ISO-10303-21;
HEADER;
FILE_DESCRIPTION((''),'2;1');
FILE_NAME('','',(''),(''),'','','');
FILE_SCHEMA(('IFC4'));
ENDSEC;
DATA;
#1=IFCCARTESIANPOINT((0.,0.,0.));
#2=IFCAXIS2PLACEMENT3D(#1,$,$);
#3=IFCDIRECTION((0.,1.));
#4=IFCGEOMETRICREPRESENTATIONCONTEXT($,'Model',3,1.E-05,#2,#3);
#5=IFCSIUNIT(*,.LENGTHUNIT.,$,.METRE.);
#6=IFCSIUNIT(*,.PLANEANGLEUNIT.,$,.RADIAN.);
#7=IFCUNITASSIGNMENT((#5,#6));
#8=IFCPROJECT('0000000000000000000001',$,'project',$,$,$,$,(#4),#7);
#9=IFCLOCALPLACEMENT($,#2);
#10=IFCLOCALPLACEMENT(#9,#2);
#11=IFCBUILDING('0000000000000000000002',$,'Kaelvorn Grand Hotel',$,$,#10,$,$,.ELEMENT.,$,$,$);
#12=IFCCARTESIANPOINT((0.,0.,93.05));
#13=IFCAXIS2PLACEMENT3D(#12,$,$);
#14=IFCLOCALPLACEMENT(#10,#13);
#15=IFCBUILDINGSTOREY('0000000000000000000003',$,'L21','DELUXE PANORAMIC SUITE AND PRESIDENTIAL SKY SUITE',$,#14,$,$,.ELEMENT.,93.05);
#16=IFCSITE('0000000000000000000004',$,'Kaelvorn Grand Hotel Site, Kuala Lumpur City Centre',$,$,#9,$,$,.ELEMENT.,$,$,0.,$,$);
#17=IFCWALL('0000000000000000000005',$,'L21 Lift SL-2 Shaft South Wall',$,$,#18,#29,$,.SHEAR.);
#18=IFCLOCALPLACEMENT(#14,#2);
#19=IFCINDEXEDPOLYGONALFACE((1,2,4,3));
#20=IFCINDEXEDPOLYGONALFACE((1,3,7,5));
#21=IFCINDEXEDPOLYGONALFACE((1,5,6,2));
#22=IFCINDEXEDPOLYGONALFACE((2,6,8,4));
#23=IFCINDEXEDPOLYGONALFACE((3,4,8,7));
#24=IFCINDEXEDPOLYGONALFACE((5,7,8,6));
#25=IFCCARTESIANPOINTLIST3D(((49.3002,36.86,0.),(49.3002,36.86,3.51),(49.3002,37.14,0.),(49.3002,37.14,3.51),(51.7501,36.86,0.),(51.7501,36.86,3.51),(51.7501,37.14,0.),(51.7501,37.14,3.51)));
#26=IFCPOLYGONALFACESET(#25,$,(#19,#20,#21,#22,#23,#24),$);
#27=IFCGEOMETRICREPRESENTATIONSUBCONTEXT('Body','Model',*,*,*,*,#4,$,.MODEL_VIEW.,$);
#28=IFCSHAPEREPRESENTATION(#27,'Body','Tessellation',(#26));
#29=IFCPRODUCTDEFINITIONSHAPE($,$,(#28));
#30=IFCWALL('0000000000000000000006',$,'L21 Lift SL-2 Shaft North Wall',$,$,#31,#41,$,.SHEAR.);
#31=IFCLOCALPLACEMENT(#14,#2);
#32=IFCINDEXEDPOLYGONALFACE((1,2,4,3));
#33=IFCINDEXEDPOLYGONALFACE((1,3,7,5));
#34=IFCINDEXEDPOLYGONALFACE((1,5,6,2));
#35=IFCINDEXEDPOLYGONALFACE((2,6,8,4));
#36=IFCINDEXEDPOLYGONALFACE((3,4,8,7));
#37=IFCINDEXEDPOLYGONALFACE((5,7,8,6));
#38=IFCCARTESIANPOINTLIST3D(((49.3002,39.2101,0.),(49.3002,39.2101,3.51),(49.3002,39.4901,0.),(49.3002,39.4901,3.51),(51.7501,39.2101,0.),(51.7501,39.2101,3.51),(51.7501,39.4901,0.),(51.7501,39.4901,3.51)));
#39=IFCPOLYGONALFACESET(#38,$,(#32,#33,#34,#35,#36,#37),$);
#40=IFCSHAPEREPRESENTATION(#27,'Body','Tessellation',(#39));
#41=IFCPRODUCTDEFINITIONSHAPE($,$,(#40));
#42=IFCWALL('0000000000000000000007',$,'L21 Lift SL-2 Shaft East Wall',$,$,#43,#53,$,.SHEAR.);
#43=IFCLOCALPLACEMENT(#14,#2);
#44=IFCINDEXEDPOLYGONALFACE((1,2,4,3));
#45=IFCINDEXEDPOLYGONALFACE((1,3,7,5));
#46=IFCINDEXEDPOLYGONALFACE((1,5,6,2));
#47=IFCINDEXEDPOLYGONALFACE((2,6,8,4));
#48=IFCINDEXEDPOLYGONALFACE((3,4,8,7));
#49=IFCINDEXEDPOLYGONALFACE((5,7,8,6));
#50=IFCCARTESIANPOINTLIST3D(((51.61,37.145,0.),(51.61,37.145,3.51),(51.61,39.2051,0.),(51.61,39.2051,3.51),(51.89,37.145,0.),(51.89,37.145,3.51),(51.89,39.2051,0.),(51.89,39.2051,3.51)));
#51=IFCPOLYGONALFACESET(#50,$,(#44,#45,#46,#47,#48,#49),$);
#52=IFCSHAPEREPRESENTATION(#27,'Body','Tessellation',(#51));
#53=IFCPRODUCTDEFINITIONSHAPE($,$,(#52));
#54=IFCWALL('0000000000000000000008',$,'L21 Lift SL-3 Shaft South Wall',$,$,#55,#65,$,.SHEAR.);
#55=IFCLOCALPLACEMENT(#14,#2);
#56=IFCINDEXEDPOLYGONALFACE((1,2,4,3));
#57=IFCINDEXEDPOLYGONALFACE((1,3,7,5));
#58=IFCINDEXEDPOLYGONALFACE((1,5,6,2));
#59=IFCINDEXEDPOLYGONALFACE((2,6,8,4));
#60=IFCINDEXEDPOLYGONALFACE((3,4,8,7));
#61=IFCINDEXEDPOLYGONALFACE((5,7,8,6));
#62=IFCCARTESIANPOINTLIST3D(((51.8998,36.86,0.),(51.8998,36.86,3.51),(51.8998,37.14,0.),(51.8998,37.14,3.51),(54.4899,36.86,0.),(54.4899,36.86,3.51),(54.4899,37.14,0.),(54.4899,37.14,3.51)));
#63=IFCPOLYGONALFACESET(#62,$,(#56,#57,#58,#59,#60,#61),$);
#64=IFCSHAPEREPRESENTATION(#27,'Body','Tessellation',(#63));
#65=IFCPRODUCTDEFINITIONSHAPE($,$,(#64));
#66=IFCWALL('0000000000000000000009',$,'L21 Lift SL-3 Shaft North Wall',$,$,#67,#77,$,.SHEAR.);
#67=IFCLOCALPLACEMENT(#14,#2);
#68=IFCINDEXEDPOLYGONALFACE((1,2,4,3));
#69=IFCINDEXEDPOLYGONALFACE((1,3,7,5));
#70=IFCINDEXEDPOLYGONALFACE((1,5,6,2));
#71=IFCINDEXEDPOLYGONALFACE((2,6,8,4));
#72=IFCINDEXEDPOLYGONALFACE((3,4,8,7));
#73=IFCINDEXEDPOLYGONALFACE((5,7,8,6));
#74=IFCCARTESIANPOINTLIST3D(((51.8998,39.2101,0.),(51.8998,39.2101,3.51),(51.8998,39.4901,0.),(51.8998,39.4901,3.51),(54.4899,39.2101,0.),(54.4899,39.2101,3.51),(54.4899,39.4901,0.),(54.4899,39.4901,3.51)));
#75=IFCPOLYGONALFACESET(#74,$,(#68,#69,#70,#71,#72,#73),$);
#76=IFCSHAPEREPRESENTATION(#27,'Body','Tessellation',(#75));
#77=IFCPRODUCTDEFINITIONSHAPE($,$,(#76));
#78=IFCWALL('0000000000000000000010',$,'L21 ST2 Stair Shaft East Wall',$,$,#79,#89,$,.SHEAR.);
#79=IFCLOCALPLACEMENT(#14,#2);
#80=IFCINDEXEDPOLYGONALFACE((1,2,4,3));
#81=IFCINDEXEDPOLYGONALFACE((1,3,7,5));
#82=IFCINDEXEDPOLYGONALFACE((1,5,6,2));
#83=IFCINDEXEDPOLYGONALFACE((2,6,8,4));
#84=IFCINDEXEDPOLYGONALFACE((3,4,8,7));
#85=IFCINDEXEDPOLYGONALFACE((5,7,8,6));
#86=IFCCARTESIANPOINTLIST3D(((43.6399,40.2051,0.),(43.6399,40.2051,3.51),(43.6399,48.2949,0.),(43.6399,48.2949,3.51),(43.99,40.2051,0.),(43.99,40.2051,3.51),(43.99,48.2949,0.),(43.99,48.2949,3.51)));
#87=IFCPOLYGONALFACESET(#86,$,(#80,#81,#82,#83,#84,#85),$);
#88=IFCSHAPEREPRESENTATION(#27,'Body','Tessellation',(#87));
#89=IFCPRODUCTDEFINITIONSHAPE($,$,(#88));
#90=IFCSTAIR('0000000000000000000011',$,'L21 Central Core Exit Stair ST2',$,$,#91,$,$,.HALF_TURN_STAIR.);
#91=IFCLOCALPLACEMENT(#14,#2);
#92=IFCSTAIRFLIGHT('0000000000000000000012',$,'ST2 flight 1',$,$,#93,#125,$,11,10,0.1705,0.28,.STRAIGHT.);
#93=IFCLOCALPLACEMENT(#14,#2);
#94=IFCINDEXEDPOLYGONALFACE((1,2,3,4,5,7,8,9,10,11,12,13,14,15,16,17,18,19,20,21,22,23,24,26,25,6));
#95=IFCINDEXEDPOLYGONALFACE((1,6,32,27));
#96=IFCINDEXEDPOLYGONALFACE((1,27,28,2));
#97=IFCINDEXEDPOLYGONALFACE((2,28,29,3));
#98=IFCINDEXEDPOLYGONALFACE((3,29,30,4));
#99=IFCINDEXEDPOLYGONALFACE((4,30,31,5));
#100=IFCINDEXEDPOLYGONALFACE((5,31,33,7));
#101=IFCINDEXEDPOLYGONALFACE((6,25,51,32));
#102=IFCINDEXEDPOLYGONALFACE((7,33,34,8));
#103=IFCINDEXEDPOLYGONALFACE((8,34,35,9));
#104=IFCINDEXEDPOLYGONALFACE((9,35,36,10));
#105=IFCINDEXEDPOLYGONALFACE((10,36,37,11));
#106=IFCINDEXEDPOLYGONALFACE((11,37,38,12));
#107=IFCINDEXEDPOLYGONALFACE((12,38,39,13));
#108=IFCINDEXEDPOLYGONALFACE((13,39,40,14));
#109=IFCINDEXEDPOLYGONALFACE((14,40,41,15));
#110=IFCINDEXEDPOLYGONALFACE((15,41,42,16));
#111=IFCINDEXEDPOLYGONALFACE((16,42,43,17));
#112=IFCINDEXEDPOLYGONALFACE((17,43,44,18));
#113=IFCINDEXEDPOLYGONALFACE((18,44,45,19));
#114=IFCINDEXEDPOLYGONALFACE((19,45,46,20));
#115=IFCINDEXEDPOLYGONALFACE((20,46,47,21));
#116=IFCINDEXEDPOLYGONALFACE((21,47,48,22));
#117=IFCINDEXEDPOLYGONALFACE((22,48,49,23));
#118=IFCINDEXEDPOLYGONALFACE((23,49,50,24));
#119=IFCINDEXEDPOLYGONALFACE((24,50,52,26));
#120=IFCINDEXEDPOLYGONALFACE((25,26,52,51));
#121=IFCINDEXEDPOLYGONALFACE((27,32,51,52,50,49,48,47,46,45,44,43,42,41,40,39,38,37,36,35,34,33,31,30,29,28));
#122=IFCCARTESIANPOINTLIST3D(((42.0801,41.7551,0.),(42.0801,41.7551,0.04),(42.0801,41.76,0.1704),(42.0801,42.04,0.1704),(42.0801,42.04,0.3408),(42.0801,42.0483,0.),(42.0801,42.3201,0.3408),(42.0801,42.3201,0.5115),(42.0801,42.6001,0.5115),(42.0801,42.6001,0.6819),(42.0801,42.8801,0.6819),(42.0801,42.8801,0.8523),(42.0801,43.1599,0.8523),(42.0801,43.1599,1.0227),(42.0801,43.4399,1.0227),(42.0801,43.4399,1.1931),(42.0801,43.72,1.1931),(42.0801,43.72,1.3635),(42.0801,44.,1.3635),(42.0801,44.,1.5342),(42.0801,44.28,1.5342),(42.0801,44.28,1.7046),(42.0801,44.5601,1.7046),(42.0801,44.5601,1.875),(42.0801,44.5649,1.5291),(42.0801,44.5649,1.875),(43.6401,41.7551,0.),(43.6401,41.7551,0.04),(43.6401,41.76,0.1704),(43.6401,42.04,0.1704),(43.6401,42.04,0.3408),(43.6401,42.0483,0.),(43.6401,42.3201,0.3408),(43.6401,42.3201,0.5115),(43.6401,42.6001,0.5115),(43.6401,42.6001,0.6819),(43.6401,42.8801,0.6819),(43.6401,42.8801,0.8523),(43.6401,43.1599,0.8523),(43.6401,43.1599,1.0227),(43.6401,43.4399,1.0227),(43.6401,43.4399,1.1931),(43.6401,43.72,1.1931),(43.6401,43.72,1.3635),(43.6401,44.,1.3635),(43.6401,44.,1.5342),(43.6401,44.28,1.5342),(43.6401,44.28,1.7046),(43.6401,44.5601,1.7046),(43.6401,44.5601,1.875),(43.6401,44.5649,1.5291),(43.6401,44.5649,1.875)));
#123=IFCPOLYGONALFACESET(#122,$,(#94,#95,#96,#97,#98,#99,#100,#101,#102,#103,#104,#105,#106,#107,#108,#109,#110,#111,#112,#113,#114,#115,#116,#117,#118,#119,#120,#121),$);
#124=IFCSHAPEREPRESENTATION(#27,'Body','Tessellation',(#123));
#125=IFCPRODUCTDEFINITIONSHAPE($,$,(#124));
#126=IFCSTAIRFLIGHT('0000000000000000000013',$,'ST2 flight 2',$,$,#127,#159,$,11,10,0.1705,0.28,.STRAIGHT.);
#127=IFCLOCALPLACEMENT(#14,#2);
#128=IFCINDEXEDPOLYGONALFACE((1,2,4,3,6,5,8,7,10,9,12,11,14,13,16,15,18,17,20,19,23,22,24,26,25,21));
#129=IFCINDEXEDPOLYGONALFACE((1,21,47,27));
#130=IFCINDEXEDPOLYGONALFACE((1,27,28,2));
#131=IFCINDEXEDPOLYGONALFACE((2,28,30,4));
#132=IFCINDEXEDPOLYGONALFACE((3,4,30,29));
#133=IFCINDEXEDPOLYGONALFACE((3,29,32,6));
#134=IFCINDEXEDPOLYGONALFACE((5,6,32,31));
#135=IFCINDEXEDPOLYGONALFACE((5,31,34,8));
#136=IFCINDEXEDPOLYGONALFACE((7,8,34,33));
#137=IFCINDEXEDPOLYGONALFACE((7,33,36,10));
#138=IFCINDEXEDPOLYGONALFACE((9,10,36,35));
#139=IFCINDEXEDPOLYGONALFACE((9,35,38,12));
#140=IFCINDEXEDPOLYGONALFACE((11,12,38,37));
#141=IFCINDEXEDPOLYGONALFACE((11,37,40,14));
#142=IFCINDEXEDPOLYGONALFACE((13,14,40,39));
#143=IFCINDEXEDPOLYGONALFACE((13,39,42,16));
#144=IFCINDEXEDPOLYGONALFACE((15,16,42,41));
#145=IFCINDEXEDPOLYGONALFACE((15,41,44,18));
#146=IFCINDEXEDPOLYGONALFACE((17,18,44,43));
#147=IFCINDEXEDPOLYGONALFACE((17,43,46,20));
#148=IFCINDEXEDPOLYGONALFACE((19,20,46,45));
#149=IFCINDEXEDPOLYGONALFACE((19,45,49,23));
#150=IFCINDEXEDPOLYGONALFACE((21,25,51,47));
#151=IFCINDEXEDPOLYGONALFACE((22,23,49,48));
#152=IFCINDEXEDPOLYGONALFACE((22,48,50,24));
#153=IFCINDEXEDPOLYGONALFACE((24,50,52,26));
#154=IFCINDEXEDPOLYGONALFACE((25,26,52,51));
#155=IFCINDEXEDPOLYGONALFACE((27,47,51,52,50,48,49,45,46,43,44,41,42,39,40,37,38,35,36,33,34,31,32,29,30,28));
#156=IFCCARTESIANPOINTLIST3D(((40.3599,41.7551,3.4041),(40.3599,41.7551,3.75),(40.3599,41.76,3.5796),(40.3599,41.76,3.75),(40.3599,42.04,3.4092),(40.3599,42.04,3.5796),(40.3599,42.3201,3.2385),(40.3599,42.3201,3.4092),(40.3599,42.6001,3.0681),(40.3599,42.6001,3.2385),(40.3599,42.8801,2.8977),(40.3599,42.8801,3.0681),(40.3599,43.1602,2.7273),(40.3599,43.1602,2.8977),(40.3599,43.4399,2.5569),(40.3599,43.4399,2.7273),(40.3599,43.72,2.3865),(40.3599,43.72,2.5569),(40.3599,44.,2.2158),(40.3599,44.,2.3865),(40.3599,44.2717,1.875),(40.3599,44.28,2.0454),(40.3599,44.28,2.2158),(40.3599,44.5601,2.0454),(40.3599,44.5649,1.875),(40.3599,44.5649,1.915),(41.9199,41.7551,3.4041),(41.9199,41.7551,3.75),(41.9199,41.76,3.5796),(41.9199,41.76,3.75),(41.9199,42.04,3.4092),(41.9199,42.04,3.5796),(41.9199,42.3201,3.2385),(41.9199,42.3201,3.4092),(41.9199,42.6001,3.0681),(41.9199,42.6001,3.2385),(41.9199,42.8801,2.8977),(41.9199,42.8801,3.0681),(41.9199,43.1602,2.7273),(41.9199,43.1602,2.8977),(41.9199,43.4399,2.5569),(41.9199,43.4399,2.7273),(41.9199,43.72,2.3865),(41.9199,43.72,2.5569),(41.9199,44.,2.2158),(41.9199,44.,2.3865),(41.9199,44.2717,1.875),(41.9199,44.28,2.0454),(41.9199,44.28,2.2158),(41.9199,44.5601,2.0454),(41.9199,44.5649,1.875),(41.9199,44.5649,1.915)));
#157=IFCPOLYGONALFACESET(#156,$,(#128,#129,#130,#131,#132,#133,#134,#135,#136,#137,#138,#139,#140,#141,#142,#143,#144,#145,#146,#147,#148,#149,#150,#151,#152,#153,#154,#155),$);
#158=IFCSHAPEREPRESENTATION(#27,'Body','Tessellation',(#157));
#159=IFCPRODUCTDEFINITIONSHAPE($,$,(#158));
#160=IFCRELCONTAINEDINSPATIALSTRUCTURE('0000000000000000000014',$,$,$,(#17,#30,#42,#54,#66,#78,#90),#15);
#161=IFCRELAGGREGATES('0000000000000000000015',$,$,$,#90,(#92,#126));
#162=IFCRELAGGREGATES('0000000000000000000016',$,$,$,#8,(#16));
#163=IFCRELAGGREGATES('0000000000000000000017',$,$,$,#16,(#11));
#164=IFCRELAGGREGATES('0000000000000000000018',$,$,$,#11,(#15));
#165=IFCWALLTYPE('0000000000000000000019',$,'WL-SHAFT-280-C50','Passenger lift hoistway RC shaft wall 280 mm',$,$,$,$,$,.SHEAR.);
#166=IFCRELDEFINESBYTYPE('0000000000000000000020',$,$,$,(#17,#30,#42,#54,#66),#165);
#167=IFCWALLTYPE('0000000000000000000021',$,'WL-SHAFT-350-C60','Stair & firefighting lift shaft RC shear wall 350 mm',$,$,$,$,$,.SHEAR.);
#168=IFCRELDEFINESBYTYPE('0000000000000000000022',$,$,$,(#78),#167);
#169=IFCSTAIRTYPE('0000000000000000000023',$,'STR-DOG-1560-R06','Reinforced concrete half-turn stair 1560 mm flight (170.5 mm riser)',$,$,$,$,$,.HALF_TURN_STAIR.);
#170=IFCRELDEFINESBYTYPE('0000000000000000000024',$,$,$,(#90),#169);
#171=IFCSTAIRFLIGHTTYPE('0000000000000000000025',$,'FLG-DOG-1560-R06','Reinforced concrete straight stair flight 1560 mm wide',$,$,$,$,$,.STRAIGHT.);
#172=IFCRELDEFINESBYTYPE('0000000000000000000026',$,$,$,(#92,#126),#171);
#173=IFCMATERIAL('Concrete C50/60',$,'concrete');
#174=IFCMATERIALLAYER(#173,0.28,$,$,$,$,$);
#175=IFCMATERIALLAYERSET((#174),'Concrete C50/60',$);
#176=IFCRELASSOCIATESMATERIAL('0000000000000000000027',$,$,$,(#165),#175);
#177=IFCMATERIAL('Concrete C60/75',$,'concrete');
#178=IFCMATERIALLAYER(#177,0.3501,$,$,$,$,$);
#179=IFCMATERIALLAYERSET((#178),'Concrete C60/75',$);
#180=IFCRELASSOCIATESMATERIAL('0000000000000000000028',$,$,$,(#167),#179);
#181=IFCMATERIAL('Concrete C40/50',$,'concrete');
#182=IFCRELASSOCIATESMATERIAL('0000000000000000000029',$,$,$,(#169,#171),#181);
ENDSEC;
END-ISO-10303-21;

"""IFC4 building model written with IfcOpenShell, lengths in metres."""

from ifc_helpers import new_model, si_unit, direction, frame, frame_2d, origin, place, context, subcontext, project, spatial, polyline, rectangle, outline, extrude, material, layer, layer_set, type_object, element, aggregate, save


model = new_model("IFC4")

# Units and contexts
model_context = context("Model", 3, precision=1e-05, world=origin(), true_north=direction((0.0, 1.0)))
body_context = subcontext(model_context, "Body", "Model", "MODEL_VIEW")
ifc_project = project(units=[si_unit("LENGTHUNIT", "METRE"), si_unit("PLANEANGLEUNIT", "RADIAN")], contexts=[model_context])

# Site, building, storey
site_placement = place(None, origin())
site = spatial("IfcSite", under=ifc_project, at=site_placement, Name="Kaelvorn Grand Hotel Site, Kuala Lumpur City Centre", CompositionType="ELEMENT", RefElevation=0.0)
building_placement = place(site_placement, origin())
building = spatial("IfcBuilding", under=site, at=building_placement, Name="Kaelvorn Grand Hotel", CompositionType="ELEMENT")
storey_placement = place(building_placement, frame((0.0, 0.0, 93.05)))
storey = spatial("IfcBuildingStorey", under=building, at=storey_placement, Name="L21", Description="DELUXE PANORAMIC SUITE AND PRESIDENTIAL SKY SUITE", CompositionType="ELEMENT", Elevation=93.05)

# Shared definitions
ifc_material_1 = material(Name="Concrete C60/75", Category="concrete")

# Walls
ifc_material_2 = material(Name="Concrete C40/50", Category="concrete")
ifc_material_3 = material(Name="Concrete C50/60", Category="concrete")
ifc_layer_1 = layer(ifc_material_3, 0.28)
ifc_layer_set_1 = layer_set([ifc_layer_1], Name="Concrete C50/60")
wall_type_1 = type_object("IfcWallType", Name="WL-SHAFT-280-C50", Description="Passenger lift hoistway RC shaft wall 280 mm", PredefinedType="SHEAR", material=ifc_layer_set_1)
for number, where, z_axis, x_axis, name in (
    (1, (49.3, 37.0, 0.0), (0.0, 0.0, 1.0), (1.0, 0.0, 0.0), "L21 Lift SL-2 Shaft South Wall"),
    (2, (49.3, 39.3501, 0.0), (0.0, 0.0, 1.0), (1.0, 0.0, 0.0), "L21 Lift SL-2 Shaft North Wall"),
):
    element("IfcWall", number, at=place(storey_placement, frame(where, z_axis=z_axis, x_axis=x_axis)), inside=storey, type_object=wall_type_1, Name=name, PredefinedType="SHEAR", context=body_context, shape_type="SweptSolid", body=[
        extrude(rectangle(XDim=2.45, YDim=0.28, at=frame_2d((1.2251, 0.0))), origin(), (0.0, 0.0, 1.0), 3.51),
    ])
wall_1_placement = place(storey_placement, frame((51.75, 37.145, 0.0), z_axis=(0.0, 0.0, 1.0), x_axis=(0.0, 1.0, 0.0)))
element("IfcWall", 3, at=wall_1_placement, inside=storey, type_object=wall_type_1, Name="L21 Lift SL-2 Shaft East Wall", PredefinedType="SHEAR", context=body_context, shape_type="SweptSolid", body=[
    extrude(rectangle(XDim=2.0601, YDim=0.28, at=frame_2d((1.03, 0.0))), origin(), (0.0, 0.0, 1.0), 3.51),
])
for number, where, z_axis, x_axis, name in (
    (4, (51.8999, 37.0, 0.0), (0.0, 0.0, 1.0), (1.0, 0.0, 0.0), "L21 Lift SL-3 Shaft South Wall"),
    (5, (51.8999, 39.3501, 0.0), (0.0, 0.0, 1.0), (1.0, 0.0, 0.0), "L21 Lift SL-3 Shaft North Wall"),
):
    element("IfcWall", number, at=place(storey_placement, frame(where, z_axis=z_axis, x_axis=x_axis)), inside=storey, type_object=wall_type_1, Name=name, PredefinedType="SHEAR", context=body_context, shape_type="SweptSolid", body=[
        extrude(rectangle(XDim=2.5901, YDim=0.28, at=frame_2d((1.2949, 0.0))), origin(), (0.0, 0.0, 1.0), 3.51),
    ])
ifc_layer_2 = layer(ifc_material_1, 0.3501)
ifc_layer_set_2 = layer_set([ifc_layer_2], Name="Concrete C60/75")
wall_type_2 = type_object("IfcWallType", Name="WL-SHAFT-350-C60", Description="Stair & firefighting lift shaft RC shear wall 350 mm", PredefinedType="SHEAR", material=ifc_layer_set_2)
wall_2_placement = place(storey_placement, frame((43.8149, 40.2051, 0.0), z_axis=(0.0, 0.0, 1.0), x_axis=(0.0, 1.0, 0.0)))
element("IfcWall", 6, at=wall_2_placement, inside=storey, type_object=wall_type_2, Name="L21 ST2 Stair Shaft East Wall", PredefinedType="SHEAR", context=body_context, shape_type="SweptSolid", body=[
    extrude(rectangle(XDim=8.0898, YDim=0.3501, at=frame_2d((4.0449, 0.0))), origin(), (0.0, 0.0, 1.0), 3.51),
])

# Stair, stair flights
stair_type = type_object("IfcStairType", Name="STR-DOG-1560-R06", Description="Reinforced concrete half-turn stair 1560 mm flight (170.5 mm riser)", PredefinedType="HALF_TURN_STAIR", material=ifc_material_2)
stair_placement = place(storey_placement, origin())
stair = element("IfcStair", 7, at=stair_placement, inside=storey, type_object=stair_type, Name="L21 Central Core Exit Stair ST2", PredefinedType="HALF_TURN_STAIR")
stair_flight_type = type_object("IfcStairFlightType", Name="FLG-DOG-1560-R06", Description="Reinforced concrete straight stair flight 1560 mm wide", PredefinedType="STRAIGHT", material=ifc_material_2)
stair_flight_1_placement = place(storey_placement, frame((42.8601, 41.76, 0.0), z_axis=(0.0, 0.0, 1.0), x_axis=(0.0, 1.0, 0.0)))
stair_flight_1 = element("IfcStairFlight", 8, at=stair_flight_1_placement, type_object=stair_flight_type, Name="ST2 flight 1", NumberOfRisers=11, NumberOfTreads=10, PredefinedType="STRAIGHT", RiserHeight=0.1705, TreadLength=0.28, context=body_context, shape_type="SweptSolid", body=[
    extrude(outline(polyline([(-0.0049, 0.0), (-0.0049, 0.04), (0.0, 0.1704), (0.28, 0.1704), (0.28, 0.3408), (0.5601, 0.3408), (0.5601, 0.5115), (0.8401, 0.5115), (0.8401, 0.6819), (1.1201, 0.6819), (1.1201, 0.8523), (1.3999, 0.8523), (1.3999, 1.0227), (1.6799, 1.0227), (1.6799, 1.1931), (1.96, 1.1931), (1.96, 1.3635), (2.24, 1.3635), (2.24, 1.5342), (2.52, 1.5342), (2.52, 1.7046), (2.8, 1.7046), (2.8, 1.875), (2.8049, 1.875), (2.8049, 1.5291), (0.2883, 0.0), (-0.0049, 0.0)])), frame((0.0, 0.78, 0.0), z_axis=(0.0, -1.0, 0.0), x_axis=(1.0, 0.0, 0.0)), (0.0, 0.0, 1.0), 1.5601),
])
stair_flight_2_placement = place(storey_placement, frame((41.1399, 44.5601, 1.875), z_axis=(0.0, 0.0, 1.0), x_axis=(0.0, -1.0, 0.0)))
stair_flight_2 = element("IfcStairFlight", 9, at=stair_flight_2_placement, type_object=stair_flight_type, Name="ST2 flight 2", NumberOfRisers=11, NumberOfTreads=10, PredefinedType="STRAIGHT", RiserHeight=0.1705, TreadLength=0.28, context=body_context, shape_type="SweptSolid", body=[
    extrude(outline(polyline([(-0.0049, 0.0), (-0.0049, 0.04), (0.0, 0.1704), (0.28, 0.1704), (0.28, 0.3408), (0.5601, 0.3408), (0.5601, 0.5115), (0.8401, 0.5115), (0.8401, 0.6819), (1.1201, 0.6819), (1.1201, 0.8523), (1.3999, 0.8523), (1.3999, 1.0227), (1.6799, 1.0227), (1.6799, 1.1931), (1.96, 1.1931), (1.96, 1.3635), (2.24, 1.3635), (2.24, 1.5342), (2.52, 1.5342), (2.52, 1.7046), (2.8, 1.7046), (2.8, 1.875), (2.8049, 1.875), (2.8049, 1.5291), (0.2883, 0.0), (-0.0049, 0.0)])), frame((0.0, 0.78, 0.0), z_axis=(0.0, -1.0, 0.0), x_axis=(1.0, 0.0, 0.0)), (0.0, 0.0, 1.0), 1.5601),
])
aggregate(stair, [stair_flight_1, stair_flight_2])

save(model, "model.ifc")
